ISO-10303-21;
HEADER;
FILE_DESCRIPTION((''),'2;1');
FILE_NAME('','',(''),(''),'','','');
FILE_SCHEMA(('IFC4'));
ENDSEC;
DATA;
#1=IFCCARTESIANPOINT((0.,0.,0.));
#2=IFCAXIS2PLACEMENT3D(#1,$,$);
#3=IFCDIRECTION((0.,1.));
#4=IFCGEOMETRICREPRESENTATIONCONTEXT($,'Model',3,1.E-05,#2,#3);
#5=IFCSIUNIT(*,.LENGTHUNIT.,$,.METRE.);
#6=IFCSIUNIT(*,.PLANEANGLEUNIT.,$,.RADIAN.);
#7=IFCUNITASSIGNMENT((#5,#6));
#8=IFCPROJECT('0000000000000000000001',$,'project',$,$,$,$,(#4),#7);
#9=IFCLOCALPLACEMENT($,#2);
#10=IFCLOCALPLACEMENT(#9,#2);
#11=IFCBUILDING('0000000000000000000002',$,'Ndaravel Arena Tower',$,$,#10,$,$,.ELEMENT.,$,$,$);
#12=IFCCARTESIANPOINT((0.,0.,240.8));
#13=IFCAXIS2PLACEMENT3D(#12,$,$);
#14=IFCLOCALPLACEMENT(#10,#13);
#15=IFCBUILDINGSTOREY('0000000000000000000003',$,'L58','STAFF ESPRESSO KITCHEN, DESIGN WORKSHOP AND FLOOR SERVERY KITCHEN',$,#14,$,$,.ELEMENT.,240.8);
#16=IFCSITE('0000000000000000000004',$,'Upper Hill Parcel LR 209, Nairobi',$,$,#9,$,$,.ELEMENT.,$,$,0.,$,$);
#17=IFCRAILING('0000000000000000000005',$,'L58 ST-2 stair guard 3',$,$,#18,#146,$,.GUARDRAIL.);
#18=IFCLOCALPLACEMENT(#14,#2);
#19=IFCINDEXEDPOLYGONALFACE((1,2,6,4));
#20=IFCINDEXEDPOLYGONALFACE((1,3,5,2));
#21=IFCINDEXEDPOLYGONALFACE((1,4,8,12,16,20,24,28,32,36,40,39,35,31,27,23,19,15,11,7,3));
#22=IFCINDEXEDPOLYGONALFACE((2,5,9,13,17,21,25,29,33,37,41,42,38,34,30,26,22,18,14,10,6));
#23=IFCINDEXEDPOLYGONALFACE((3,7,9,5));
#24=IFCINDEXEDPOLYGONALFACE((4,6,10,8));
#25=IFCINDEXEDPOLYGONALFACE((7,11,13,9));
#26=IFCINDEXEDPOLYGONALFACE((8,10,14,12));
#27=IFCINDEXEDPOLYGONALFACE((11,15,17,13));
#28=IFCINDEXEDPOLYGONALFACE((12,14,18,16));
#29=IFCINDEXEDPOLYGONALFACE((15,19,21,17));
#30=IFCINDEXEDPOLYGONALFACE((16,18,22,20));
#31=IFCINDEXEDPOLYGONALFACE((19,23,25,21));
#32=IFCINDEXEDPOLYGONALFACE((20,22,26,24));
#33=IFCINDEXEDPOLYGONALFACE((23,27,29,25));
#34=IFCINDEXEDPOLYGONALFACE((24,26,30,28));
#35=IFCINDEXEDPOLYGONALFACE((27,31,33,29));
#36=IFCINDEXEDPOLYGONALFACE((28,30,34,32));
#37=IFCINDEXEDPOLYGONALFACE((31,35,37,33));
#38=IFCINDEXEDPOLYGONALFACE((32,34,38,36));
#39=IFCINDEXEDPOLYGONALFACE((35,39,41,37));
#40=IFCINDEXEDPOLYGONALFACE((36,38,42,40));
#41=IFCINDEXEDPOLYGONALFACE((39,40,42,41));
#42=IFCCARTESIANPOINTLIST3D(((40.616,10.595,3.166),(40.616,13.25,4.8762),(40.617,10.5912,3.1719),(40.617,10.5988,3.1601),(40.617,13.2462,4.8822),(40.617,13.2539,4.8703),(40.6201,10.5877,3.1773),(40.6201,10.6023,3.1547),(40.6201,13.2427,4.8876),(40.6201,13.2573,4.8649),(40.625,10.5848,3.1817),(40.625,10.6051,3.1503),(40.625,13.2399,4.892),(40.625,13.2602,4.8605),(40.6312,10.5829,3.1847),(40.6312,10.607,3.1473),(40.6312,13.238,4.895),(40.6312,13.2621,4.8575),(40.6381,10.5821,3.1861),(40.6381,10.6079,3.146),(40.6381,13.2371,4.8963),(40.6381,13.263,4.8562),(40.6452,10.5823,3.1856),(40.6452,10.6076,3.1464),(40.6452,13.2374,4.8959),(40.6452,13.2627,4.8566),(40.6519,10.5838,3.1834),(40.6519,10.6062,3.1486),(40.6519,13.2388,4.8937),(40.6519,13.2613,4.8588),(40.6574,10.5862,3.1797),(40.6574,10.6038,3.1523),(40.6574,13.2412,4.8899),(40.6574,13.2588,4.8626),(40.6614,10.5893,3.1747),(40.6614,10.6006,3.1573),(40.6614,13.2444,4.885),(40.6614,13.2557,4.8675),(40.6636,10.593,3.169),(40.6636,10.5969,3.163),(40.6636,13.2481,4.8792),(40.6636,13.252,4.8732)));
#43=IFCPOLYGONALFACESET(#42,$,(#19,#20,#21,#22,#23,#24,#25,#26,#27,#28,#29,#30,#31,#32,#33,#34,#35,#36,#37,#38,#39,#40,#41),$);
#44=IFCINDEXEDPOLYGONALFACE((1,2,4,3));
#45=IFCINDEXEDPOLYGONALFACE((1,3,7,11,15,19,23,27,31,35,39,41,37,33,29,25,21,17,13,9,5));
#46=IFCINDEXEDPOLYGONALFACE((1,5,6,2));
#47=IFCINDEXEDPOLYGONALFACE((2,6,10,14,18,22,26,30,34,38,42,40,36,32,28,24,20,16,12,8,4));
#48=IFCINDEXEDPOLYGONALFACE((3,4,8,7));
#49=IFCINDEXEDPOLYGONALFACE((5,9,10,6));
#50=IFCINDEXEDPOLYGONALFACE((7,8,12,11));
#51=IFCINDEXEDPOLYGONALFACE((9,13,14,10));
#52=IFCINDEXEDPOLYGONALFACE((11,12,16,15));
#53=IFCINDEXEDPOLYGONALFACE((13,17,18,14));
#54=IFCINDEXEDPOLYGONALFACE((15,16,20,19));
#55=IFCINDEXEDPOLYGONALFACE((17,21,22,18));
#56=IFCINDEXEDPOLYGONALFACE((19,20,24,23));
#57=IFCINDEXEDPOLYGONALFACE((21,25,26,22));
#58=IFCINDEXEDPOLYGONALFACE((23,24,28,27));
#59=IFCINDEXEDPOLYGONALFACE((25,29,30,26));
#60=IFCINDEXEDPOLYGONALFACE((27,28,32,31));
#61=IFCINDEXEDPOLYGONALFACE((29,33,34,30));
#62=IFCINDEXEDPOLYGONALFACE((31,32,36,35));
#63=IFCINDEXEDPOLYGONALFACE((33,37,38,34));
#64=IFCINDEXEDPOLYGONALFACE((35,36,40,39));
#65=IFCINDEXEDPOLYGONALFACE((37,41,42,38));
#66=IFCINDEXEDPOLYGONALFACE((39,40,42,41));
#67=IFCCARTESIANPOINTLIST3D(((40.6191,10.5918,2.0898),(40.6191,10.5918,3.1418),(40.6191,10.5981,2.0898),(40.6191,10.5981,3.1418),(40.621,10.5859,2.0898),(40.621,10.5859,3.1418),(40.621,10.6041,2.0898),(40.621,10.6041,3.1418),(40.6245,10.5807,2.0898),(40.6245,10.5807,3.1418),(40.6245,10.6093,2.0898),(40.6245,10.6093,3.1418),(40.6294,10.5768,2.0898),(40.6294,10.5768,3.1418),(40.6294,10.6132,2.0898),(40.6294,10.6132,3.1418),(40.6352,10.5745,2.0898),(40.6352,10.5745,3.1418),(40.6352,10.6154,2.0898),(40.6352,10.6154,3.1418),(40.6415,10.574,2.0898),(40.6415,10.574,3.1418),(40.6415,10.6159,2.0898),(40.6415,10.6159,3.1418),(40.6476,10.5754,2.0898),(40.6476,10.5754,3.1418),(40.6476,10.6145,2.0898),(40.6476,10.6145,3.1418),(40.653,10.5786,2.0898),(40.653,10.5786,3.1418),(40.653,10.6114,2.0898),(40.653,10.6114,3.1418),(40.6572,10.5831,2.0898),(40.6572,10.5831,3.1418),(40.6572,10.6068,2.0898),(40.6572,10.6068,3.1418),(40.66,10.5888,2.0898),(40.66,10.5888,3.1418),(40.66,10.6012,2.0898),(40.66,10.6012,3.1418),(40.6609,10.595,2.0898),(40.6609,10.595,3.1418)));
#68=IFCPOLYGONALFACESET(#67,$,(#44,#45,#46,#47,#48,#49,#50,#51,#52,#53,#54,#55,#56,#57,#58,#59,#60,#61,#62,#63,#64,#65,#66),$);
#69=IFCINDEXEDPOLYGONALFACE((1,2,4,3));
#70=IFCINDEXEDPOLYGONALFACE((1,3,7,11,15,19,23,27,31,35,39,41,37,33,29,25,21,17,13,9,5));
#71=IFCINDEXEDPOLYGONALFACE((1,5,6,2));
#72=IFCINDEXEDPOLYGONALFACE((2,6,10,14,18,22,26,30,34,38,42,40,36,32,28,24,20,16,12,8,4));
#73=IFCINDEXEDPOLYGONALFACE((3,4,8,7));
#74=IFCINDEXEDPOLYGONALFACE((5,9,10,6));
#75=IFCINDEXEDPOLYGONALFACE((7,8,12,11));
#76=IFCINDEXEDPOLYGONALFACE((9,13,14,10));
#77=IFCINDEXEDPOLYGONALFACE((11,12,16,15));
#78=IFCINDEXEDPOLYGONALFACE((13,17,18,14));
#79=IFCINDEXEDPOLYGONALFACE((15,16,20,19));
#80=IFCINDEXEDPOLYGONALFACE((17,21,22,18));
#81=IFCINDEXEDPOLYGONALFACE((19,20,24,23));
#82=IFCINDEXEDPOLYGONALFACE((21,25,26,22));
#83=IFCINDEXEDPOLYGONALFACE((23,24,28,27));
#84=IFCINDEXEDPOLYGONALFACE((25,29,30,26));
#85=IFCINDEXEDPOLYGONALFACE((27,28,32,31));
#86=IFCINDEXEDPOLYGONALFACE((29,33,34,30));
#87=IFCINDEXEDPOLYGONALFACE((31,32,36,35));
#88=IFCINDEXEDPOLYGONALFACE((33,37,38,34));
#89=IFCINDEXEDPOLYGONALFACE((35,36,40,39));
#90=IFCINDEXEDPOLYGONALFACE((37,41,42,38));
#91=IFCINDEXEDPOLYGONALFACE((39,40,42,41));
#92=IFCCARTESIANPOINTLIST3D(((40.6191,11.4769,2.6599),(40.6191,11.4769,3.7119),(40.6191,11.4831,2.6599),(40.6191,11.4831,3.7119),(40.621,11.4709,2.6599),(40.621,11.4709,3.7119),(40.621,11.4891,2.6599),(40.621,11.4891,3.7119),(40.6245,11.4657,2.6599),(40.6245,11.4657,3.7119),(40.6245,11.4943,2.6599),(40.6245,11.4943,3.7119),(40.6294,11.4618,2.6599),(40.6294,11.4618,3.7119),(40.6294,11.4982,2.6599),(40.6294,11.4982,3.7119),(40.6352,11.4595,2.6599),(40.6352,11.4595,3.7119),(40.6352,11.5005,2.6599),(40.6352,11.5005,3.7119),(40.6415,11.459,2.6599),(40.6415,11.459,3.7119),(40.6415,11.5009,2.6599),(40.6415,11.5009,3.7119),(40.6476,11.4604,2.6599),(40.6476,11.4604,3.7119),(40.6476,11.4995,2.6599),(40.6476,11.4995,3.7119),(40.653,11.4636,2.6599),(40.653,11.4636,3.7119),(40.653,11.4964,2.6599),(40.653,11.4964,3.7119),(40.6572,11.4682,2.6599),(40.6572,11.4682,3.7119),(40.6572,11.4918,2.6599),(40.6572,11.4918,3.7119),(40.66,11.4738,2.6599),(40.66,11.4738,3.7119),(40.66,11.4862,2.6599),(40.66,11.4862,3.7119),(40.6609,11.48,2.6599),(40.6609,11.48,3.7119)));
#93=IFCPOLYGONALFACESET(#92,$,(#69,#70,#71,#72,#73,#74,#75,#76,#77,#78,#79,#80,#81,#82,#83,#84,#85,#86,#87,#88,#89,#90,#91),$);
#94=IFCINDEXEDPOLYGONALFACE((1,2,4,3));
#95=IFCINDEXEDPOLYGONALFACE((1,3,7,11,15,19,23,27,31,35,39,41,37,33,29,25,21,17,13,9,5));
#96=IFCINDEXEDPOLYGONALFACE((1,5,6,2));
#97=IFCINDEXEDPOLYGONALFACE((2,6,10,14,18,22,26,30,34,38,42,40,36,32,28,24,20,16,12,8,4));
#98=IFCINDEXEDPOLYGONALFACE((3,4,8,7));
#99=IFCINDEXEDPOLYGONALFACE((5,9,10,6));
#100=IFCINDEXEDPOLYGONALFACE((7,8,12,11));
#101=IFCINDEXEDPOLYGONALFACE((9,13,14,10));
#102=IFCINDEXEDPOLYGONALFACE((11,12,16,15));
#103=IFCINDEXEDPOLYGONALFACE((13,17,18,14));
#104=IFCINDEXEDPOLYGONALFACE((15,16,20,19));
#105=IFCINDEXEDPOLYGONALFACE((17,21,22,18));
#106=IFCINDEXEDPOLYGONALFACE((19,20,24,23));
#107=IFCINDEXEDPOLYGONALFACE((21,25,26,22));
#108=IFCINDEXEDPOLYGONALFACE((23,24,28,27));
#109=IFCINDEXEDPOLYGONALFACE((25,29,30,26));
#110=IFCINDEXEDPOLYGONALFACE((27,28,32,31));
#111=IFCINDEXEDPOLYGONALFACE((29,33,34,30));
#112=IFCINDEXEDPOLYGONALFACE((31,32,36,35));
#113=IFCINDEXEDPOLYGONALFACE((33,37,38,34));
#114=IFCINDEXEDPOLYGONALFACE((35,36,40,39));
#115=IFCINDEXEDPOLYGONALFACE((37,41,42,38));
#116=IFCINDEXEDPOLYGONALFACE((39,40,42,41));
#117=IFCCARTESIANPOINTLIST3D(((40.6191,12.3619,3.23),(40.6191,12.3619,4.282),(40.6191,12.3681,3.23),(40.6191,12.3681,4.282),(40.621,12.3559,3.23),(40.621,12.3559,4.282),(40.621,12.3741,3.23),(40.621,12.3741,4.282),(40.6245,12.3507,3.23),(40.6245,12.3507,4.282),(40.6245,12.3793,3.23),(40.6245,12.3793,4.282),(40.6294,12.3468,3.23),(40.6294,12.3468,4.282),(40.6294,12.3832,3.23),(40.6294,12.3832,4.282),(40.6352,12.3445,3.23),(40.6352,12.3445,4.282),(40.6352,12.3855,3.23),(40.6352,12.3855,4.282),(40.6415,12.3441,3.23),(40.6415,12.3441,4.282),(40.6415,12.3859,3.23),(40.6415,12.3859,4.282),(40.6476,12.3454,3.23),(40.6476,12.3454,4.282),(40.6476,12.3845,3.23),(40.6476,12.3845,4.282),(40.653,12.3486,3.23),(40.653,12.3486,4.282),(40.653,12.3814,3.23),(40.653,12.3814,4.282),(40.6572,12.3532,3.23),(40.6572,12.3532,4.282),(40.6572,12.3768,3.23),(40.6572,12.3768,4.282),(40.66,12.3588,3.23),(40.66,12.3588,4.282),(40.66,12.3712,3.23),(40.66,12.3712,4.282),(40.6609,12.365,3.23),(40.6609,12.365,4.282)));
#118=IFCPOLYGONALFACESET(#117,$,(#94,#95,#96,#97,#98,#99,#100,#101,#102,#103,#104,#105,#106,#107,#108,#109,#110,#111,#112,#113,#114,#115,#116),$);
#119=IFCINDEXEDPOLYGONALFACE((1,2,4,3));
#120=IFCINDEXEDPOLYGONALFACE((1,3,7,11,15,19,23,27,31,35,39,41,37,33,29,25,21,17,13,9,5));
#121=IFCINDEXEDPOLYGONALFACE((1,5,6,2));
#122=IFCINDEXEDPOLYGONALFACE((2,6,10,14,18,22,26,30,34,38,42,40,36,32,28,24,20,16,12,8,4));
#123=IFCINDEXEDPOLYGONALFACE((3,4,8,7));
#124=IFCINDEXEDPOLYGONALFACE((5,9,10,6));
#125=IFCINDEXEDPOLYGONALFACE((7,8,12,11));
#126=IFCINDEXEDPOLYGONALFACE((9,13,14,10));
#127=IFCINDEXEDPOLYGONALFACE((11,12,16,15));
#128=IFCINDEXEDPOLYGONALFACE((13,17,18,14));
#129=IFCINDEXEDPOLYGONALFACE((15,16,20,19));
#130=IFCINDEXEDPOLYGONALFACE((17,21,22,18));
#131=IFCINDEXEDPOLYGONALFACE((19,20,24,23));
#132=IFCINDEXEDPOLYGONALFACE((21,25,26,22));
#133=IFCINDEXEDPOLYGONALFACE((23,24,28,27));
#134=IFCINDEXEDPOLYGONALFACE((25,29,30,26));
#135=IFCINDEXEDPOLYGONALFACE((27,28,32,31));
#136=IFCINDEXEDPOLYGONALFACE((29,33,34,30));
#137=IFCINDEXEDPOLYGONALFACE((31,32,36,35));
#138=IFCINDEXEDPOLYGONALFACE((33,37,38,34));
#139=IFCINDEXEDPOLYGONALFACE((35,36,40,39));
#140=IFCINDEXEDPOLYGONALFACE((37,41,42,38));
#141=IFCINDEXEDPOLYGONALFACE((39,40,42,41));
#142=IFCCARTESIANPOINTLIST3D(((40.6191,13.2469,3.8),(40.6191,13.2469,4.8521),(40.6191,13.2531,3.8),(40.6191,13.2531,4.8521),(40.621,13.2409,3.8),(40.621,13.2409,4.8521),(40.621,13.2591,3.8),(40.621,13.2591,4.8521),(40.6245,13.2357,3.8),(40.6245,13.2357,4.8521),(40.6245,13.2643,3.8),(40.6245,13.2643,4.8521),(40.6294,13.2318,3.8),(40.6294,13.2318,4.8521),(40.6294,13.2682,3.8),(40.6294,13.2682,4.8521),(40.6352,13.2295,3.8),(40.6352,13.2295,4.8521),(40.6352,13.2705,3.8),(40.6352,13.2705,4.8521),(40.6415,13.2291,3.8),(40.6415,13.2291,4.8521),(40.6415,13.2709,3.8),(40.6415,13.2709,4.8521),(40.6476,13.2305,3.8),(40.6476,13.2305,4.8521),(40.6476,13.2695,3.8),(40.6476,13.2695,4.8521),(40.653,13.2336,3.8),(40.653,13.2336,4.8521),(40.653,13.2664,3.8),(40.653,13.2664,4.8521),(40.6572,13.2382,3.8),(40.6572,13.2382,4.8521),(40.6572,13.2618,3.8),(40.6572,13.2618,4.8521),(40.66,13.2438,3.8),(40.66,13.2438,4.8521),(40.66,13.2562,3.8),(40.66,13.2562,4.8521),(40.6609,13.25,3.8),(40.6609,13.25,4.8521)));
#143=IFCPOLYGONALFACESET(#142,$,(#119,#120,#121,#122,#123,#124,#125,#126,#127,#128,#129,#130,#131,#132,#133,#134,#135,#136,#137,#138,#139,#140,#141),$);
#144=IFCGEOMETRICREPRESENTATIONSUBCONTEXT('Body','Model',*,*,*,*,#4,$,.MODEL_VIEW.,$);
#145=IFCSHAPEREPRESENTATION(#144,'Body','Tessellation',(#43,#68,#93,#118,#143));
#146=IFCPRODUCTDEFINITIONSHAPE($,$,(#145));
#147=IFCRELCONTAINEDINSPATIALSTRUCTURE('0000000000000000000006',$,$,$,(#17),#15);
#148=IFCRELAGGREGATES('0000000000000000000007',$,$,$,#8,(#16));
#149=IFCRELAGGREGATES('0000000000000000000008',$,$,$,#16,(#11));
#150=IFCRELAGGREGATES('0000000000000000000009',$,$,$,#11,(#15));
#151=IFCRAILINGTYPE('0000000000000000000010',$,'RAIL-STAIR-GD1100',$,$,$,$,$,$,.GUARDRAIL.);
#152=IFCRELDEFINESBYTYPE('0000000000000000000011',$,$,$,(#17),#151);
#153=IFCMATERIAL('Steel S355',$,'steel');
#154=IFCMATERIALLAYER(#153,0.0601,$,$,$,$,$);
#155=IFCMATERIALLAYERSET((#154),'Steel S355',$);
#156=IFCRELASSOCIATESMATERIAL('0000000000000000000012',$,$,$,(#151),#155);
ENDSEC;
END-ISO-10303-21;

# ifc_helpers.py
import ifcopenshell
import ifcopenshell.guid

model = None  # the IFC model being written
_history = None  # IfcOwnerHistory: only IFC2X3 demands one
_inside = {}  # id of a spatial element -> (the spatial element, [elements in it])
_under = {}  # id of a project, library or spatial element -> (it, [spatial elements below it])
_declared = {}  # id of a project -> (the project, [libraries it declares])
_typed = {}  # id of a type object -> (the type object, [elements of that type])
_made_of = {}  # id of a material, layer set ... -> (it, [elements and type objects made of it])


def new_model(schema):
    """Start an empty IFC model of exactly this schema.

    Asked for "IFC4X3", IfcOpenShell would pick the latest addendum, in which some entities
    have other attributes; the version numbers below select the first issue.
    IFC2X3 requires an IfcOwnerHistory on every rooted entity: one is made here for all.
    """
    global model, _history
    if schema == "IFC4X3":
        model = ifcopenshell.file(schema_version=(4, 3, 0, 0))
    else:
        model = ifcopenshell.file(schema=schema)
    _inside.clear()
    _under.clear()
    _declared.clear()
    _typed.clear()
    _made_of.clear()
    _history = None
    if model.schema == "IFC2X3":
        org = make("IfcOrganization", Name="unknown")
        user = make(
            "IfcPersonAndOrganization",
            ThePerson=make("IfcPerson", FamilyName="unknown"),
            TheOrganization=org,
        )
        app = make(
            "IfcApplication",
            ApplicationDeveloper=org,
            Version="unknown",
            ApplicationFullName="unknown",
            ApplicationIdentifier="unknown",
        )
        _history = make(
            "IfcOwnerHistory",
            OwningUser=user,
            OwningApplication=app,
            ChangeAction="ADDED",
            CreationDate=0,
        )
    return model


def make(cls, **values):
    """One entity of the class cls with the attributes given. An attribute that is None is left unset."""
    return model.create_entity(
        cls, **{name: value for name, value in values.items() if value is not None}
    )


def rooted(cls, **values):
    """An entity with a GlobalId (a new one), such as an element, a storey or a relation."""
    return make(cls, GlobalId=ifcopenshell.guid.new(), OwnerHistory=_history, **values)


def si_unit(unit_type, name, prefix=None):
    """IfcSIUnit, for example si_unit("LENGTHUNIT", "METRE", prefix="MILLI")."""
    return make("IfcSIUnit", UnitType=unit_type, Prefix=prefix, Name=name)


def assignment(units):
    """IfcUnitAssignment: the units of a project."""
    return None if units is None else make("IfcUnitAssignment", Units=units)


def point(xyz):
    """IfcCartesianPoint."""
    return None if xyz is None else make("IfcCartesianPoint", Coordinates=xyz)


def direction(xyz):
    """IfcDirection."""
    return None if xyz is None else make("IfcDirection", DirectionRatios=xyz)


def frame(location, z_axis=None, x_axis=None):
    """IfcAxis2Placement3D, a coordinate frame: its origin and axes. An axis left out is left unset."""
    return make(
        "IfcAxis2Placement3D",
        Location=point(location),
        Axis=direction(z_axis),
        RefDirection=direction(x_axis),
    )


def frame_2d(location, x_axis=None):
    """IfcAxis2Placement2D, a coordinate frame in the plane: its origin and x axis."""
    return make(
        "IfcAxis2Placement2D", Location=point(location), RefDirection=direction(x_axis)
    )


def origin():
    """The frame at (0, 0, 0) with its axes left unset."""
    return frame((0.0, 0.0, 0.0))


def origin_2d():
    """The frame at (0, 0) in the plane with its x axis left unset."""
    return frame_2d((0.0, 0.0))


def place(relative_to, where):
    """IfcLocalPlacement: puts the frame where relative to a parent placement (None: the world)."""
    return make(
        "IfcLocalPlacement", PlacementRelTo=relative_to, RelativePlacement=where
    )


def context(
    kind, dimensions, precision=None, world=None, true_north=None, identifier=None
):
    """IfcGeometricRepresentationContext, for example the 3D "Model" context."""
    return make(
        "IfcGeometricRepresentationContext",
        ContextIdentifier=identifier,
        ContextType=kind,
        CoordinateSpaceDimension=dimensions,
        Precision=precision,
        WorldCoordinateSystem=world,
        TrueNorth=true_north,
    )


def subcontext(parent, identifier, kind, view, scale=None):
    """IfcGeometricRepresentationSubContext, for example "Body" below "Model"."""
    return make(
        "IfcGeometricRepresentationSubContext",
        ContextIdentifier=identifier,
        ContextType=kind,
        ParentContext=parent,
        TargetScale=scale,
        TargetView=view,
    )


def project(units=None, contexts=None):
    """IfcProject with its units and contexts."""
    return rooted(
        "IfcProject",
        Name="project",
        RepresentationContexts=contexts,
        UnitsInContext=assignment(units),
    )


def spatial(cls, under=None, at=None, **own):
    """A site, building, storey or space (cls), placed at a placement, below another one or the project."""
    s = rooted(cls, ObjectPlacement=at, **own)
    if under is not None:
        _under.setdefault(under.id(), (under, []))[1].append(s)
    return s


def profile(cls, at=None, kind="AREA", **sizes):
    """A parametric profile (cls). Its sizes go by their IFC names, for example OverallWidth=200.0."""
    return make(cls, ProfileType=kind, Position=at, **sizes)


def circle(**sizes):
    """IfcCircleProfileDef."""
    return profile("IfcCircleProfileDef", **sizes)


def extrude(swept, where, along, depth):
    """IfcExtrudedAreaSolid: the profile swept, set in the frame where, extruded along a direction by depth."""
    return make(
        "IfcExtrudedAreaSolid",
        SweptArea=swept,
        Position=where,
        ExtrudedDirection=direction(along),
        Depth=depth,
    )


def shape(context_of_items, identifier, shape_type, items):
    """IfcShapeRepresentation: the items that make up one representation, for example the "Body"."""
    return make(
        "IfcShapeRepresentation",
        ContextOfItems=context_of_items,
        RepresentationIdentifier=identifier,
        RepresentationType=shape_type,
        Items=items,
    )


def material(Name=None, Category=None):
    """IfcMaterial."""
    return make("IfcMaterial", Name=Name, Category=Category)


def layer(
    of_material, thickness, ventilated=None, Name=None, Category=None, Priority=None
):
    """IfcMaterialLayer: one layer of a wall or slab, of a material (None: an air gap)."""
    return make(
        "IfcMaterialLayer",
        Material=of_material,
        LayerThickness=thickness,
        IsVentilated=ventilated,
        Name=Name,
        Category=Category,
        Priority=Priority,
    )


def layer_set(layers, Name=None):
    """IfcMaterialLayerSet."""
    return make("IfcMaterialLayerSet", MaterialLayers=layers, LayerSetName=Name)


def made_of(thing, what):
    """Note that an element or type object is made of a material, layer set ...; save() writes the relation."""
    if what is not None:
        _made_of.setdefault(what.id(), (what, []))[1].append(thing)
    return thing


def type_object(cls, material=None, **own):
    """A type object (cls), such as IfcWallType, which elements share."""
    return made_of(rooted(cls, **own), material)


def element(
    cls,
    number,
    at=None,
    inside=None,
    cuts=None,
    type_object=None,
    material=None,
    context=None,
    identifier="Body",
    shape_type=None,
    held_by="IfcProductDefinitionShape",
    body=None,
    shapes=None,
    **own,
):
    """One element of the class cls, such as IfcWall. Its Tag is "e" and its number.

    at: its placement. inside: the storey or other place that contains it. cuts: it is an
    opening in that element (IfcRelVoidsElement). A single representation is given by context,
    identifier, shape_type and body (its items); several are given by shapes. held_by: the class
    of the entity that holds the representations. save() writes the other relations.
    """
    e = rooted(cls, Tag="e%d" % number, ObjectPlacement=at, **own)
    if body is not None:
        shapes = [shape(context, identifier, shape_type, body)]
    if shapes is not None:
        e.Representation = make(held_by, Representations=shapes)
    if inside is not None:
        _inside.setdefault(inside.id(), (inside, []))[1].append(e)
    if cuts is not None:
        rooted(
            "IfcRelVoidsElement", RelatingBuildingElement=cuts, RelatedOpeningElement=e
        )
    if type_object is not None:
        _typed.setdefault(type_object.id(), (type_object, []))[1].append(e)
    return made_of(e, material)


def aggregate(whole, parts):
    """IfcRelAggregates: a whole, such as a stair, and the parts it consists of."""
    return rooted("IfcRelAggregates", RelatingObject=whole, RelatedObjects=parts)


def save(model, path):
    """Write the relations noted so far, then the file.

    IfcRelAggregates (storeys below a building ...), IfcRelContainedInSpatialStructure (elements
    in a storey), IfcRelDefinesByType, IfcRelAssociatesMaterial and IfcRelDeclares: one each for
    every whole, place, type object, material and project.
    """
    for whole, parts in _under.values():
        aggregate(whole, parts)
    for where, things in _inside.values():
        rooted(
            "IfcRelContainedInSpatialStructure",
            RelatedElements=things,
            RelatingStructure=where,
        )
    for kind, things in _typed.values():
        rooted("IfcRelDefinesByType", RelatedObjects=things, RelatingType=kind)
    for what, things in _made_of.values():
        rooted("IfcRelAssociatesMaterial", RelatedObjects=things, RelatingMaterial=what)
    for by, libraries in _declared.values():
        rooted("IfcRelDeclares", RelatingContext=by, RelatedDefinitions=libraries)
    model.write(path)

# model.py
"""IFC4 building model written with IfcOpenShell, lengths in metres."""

from ifc_helpers import new_model, si_unit, direction, frame, origin, origin_2d, place, context, subcontext, project, spatial, circle, extrude, material, layer, layer_set, type_object, element, save


model = new_model("IFC4")

# Units and contexts
model_context = context("Model", 3, precision=1e-05, world=origin(), true_north=direction((0.0, 1.0)))
body_context = subcontext(model_context, "Body", "Model", "MODEL_VIEW")
ifc_project = project(units=[si_unit("LENGTHUNIT", "METRE"), si_unit("PLANEANGLEUNIT", "RADIAN")], contexts=[model_context])

# Site, building, storey
site_placement = place(None, origin())
site = spatial("IfcSite", under=ifc_project, at=site_placement, Name="Upper Hill Parcel LR 209, Nairobi", CompositionType="ELEMENT", RefElevation=0.0)
building_placement = place(site_placement, origin())
building = spatial("IfcBuilding", under=site, at=building_placement, Name="Ndaravel Arena Tower", CompositionType="ELEMENT")
storey_placement = place(building_placement, frame((0.0, 0.0, 240.8)))
storey = spatial("IfcBuildingStorey", under=building, at=storey_placement, Name="L58", Description="STAFF ESPRESSO KITCHEN, DESIGN WORKSHOP AND FLOOR SERVERY KITCHEN", CompositionType="ELEMENT", Elevation=240.8)

# Railing
ifc_material_1 = material(Name="Steel S355", Category="steel")
ifc_layer_1 = layer(ifc_material_1, 0.0601)
ifc_layer_set_1 = layer_set([ifc_layer_1], Name="Steel S355")
railing_type_1 = type_object("IfcRailingType", Name="RAIL-STAIR-GD1100", PredefinedType="GUARDRAIL", material=ifc_layer_set_1)
railing_1_placement = place(storey_placement, frame((40.6399, 10.595, 2.0898)))
element("IfcRailing", 1, at=railing_1_placement, inside=storey, type_object=railing_type_1, Name="L58 ST-2 stair guard 3", PredefinedType="GUARDRAIL", context=body_context, shape_type="SweptSolid", body=[
    extrude(circle(Radius=0.0239, at=origin_2d()), frame((0.0, 0.0, 1.0762), z_axis=(0.0, 0.840688, 0.541519), x_axis=(-1.0, 0.0, 0.0)), (0.0, 0.0, 1.0), 3.1582),
    extrude(circle(Radius=0.021, at=origin_2d()), origin(), (0.0, 0.0, 1.0), 1.052),
    extrude(circle(Radius=0.021, at=origin_2d()), frame((0.0, 0.885, 0.5701)), (0.0, 0.0, 1.0), 1.052),
    extrude(circle(Radius=0.021, at=origin_2d()), frame((0.0, 1.77, 1.1401)), (0.0, 0.0, 1.0), 1.052),
    extrude(circle(Radius=0.021, at=origin_2d()), frame((0.0, 2.655, 1.7102)), (0.0, 0.0, 1.0), 1.052),
])

save(model, "model.ifc")
